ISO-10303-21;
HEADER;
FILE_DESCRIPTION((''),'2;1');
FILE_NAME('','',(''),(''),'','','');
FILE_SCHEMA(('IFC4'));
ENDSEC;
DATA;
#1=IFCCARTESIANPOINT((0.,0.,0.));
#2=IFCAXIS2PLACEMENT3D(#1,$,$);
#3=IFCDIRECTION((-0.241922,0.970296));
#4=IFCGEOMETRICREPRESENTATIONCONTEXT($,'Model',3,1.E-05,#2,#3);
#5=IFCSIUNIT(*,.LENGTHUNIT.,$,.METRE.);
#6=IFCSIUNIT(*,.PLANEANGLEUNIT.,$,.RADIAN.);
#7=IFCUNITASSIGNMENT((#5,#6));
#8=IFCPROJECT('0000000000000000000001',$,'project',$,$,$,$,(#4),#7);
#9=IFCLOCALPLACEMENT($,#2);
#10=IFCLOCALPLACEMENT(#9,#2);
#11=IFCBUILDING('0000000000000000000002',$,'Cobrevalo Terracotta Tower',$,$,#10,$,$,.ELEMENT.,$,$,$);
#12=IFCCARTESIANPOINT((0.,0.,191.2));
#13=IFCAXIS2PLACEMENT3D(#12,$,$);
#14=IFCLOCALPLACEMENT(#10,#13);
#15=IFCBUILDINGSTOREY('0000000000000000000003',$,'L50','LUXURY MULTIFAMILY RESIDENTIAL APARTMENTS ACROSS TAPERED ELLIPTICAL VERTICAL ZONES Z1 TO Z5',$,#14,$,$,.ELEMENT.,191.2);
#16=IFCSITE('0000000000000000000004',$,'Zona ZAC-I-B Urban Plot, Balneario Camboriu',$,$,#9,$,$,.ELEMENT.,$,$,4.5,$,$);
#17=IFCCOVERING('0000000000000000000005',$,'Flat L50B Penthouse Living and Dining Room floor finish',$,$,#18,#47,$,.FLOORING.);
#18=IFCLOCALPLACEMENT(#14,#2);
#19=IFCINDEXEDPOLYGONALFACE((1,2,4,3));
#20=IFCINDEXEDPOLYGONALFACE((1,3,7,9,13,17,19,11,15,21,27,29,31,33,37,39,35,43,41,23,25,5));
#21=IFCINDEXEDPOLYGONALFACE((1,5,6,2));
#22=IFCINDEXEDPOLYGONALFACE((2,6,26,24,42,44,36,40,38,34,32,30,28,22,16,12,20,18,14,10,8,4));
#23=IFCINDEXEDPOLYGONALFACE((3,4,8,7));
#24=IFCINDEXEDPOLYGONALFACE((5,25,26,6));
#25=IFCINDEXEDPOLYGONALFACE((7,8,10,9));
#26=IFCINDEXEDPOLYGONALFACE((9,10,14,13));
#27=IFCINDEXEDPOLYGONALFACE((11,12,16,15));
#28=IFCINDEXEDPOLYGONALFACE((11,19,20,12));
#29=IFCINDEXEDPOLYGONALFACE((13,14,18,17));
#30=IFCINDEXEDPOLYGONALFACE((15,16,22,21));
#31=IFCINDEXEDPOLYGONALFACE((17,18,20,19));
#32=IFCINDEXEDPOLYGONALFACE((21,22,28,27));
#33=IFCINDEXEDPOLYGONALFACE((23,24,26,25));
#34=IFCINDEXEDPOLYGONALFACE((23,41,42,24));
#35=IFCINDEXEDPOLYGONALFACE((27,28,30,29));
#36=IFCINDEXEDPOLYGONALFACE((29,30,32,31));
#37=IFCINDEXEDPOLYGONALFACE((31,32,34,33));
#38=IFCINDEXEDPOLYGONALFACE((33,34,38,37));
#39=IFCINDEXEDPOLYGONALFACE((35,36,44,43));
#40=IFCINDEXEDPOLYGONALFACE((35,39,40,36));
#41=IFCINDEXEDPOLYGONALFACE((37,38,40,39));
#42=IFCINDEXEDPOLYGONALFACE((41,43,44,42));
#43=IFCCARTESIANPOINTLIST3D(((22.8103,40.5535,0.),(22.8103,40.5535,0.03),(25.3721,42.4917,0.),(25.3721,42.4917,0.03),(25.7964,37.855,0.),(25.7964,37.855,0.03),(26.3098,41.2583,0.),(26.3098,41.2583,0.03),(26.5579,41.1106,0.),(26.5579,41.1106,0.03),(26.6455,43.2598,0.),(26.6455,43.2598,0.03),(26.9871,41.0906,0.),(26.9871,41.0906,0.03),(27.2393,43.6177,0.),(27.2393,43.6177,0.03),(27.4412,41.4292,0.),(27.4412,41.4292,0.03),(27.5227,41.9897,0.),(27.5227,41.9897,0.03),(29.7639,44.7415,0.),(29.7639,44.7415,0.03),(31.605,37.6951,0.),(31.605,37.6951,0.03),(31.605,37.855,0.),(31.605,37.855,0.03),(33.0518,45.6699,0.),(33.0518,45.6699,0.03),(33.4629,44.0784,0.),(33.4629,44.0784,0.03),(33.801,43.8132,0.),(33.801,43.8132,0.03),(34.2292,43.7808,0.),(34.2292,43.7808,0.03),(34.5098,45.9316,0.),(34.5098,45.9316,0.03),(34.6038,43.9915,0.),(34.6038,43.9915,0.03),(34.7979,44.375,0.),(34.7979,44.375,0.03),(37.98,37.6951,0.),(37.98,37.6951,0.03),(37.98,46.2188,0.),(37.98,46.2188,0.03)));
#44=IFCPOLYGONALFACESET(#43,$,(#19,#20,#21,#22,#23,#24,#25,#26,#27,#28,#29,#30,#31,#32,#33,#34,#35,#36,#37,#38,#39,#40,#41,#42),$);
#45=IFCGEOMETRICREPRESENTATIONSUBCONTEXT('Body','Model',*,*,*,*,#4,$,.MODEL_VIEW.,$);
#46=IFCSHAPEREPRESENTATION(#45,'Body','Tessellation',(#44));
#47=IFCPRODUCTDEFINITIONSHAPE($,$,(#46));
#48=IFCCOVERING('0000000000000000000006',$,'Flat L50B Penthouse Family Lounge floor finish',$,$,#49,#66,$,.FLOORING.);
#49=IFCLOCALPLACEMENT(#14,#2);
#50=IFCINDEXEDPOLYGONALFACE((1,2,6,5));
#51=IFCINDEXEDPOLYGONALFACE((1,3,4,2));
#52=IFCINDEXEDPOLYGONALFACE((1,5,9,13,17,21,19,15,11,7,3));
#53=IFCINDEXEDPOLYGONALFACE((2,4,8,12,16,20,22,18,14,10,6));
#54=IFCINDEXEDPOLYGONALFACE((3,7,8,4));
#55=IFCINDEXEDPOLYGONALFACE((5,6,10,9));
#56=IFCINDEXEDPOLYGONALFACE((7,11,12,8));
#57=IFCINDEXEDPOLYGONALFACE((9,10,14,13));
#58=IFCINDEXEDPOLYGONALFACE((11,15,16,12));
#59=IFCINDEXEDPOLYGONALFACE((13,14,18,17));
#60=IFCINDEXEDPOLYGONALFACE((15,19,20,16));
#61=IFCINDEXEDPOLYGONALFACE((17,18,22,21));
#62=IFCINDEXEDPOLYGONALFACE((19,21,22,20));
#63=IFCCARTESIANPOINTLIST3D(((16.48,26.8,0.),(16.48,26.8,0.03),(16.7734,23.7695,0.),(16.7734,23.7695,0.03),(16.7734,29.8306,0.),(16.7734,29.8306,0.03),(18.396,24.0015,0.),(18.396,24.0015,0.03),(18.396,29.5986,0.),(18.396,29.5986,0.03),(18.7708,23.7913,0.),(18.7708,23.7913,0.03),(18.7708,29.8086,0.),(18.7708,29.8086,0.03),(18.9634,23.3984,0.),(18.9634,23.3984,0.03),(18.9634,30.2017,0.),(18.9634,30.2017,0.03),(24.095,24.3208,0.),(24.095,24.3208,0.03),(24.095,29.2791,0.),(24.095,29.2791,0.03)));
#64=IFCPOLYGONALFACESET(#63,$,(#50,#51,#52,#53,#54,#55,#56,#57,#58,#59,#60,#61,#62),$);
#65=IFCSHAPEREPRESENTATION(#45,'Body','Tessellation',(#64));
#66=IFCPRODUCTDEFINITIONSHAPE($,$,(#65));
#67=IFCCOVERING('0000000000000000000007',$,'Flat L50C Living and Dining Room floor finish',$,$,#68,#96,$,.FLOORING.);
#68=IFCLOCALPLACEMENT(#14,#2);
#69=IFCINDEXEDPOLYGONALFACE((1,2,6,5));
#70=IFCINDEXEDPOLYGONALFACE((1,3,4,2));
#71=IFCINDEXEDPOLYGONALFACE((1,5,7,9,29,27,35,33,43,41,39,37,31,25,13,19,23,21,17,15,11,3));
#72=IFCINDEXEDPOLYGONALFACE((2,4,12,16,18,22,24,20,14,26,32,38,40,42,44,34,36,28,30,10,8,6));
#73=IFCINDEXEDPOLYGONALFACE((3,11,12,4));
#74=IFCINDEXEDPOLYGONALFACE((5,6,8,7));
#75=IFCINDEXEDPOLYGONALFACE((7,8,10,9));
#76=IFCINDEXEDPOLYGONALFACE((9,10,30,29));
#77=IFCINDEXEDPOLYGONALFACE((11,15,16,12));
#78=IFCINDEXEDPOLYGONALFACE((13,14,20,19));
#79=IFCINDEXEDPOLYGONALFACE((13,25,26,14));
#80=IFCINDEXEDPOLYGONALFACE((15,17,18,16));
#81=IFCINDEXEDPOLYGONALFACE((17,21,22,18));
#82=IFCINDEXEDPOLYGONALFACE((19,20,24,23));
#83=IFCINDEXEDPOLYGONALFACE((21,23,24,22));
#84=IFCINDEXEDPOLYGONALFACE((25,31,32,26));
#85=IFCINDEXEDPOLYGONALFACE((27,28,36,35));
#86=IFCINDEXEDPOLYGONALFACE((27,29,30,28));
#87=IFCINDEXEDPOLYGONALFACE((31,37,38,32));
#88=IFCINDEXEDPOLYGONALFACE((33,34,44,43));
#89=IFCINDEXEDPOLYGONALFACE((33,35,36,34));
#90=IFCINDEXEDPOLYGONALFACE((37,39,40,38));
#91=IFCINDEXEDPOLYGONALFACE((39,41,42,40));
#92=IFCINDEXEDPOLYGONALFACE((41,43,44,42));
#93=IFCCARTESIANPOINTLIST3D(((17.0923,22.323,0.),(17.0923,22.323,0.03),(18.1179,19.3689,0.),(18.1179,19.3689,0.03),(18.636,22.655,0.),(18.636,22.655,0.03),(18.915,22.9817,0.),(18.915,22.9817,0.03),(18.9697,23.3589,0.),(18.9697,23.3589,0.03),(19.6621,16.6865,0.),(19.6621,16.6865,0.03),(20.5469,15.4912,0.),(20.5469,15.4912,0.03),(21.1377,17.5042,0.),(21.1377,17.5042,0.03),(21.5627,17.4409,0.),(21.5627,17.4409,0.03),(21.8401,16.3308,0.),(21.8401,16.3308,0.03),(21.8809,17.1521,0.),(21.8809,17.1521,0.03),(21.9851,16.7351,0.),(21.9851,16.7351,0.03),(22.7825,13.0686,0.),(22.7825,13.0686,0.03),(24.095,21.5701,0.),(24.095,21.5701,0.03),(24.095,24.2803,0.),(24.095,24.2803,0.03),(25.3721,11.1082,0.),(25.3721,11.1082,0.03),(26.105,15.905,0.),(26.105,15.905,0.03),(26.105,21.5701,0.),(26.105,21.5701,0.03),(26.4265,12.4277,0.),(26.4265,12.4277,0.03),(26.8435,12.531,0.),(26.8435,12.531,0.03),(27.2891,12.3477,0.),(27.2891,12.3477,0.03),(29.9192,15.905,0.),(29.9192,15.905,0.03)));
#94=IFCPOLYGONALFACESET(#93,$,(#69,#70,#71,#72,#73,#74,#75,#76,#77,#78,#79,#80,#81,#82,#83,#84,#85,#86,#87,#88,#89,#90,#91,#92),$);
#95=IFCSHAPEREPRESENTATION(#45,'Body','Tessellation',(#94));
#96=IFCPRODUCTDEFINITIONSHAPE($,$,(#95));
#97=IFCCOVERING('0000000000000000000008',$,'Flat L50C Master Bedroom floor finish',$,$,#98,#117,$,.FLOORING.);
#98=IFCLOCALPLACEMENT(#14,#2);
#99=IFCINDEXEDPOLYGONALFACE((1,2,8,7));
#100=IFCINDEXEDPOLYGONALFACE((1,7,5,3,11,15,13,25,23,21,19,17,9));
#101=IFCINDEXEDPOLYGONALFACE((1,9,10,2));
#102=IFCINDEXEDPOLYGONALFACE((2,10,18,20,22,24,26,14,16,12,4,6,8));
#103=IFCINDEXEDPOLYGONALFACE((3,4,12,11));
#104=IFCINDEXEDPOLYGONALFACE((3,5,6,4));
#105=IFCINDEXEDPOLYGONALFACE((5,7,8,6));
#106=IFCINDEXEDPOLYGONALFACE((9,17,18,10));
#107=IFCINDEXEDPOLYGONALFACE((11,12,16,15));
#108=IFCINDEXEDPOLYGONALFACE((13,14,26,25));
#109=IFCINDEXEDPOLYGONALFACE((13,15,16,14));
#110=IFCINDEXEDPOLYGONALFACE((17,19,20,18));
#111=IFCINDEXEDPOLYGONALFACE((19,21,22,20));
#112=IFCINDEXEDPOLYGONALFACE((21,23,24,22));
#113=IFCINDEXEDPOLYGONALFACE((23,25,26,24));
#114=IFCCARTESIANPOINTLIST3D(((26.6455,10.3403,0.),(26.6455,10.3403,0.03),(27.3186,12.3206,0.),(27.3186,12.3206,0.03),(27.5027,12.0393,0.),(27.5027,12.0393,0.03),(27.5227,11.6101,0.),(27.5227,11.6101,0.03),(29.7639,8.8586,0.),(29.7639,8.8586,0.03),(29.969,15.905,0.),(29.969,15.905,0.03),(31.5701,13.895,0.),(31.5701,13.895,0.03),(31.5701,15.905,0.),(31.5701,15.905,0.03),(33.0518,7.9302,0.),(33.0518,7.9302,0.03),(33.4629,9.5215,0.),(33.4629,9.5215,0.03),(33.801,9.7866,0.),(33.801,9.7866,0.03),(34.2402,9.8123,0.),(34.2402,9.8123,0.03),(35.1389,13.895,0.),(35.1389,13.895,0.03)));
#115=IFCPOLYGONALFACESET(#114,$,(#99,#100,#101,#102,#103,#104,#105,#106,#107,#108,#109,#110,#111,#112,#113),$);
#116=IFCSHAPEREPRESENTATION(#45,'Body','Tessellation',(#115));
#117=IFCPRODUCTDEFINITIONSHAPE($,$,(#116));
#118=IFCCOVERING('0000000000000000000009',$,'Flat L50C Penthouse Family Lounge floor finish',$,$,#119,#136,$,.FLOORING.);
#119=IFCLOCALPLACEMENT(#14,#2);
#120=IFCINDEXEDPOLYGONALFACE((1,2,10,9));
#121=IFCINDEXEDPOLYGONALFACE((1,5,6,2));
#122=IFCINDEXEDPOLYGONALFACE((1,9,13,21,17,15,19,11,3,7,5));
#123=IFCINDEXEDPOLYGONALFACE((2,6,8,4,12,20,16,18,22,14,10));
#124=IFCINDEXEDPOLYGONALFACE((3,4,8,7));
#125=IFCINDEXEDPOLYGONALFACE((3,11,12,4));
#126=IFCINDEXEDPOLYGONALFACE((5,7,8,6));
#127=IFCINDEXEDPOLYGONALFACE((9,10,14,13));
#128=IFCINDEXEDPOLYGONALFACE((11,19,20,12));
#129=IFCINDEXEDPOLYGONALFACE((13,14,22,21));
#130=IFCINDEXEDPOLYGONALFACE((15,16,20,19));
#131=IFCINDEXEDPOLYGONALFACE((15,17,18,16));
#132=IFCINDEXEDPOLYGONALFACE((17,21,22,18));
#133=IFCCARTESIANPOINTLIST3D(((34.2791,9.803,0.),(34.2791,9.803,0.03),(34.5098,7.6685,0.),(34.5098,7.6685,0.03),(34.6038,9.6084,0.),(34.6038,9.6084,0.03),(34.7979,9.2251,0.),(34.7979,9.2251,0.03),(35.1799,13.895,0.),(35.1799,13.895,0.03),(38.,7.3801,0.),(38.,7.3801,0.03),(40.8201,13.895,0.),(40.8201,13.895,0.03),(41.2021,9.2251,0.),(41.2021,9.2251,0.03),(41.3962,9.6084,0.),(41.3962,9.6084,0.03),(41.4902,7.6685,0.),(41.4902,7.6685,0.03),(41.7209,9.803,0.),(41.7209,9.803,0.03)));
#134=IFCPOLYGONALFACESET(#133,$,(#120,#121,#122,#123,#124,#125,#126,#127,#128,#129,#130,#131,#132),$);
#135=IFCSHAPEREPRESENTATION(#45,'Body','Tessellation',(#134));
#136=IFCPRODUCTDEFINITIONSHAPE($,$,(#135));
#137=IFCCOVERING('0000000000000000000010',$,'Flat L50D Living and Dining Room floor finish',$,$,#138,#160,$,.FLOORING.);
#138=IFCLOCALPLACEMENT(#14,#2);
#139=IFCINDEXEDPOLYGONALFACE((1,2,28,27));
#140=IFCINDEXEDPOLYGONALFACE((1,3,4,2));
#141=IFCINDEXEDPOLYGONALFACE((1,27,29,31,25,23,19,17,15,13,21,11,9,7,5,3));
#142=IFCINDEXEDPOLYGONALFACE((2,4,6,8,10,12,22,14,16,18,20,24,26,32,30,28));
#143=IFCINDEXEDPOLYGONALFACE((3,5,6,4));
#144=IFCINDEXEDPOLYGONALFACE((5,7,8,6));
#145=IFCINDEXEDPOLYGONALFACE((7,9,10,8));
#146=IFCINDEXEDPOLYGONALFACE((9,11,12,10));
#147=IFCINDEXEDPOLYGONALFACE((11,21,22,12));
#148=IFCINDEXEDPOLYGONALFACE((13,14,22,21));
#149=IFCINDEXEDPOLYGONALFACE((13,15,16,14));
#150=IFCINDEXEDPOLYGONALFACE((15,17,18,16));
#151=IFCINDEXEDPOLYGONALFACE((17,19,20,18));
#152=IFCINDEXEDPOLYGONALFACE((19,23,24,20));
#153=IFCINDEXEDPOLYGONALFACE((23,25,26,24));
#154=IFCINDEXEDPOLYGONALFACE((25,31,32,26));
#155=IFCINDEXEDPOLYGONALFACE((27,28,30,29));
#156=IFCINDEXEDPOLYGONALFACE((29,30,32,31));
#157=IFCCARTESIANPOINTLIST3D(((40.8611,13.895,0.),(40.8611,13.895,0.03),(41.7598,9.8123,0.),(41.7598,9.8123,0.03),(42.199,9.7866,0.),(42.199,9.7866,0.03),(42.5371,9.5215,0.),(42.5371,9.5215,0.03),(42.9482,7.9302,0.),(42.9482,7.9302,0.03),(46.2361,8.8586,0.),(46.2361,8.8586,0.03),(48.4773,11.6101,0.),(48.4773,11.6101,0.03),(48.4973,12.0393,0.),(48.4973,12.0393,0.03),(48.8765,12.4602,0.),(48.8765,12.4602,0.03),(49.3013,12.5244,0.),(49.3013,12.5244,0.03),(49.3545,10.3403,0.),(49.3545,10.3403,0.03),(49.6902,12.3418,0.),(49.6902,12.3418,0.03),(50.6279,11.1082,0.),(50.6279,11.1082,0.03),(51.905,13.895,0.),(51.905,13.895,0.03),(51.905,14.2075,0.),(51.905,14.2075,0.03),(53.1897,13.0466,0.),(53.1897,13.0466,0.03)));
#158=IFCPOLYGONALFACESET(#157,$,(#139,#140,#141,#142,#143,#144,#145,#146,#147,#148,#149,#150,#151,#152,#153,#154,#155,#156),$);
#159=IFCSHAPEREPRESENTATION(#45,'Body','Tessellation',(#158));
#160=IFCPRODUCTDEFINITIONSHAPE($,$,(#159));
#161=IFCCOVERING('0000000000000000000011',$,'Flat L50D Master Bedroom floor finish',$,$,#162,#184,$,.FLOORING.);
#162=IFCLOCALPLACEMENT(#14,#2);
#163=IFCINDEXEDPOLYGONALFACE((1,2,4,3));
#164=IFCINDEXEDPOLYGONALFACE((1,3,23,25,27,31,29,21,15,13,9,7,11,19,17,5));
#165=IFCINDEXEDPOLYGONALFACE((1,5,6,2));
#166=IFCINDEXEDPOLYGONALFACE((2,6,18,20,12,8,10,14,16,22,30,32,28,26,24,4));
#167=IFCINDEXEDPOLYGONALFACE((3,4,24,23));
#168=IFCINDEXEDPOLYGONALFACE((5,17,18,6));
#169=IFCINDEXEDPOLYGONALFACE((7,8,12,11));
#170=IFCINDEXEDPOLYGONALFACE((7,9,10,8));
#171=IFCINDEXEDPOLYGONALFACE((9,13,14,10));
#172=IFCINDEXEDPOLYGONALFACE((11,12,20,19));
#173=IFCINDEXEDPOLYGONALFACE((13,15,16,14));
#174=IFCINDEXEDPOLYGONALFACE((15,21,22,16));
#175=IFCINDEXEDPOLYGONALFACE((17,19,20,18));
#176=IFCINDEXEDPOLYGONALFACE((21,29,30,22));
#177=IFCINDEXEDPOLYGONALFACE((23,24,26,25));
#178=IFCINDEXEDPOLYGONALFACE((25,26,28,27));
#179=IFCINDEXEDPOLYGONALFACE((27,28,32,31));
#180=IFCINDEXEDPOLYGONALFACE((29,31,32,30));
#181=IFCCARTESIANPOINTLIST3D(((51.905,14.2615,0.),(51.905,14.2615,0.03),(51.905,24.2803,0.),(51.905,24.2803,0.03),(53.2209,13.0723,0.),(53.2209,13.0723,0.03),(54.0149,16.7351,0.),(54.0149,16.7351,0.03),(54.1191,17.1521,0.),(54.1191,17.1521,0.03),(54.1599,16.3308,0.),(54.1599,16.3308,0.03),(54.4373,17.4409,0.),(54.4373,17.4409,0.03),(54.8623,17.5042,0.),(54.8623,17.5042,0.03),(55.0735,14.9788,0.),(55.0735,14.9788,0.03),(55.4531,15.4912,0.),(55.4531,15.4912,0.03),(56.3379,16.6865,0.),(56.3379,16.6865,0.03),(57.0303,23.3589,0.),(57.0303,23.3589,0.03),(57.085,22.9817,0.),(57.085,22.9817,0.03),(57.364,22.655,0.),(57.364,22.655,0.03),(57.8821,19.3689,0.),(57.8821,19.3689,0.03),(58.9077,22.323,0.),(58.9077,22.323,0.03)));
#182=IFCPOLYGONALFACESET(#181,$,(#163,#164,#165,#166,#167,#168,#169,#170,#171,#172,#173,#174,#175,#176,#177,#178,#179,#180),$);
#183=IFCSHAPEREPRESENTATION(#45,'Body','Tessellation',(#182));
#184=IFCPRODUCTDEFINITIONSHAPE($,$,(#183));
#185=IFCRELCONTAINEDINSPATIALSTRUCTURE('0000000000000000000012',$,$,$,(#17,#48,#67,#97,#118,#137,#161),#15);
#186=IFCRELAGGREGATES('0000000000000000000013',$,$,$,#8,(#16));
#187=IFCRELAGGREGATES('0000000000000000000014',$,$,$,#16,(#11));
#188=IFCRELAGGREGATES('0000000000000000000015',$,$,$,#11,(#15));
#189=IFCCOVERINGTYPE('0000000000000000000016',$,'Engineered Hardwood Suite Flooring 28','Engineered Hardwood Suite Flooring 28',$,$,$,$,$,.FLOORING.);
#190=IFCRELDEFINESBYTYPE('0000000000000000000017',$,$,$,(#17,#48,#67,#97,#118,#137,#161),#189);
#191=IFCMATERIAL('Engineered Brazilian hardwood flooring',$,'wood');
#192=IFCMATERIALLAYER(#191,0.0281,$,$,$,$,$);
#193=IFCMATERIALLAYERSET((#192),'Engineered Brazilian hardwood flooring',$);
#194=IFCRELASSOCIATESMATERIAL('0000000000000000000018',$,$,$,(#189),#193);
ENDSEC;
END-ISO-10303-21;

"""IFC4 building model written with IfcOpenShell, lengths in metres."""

from ifc_helpers import new_model, si_unit, direction, frame, origin, place, context, subcontext, project, spatial, polyline, outline, extrude, material, layer, layer_set, type_object, element, save


model = new_model("IFC4")

# Units and contexts
model_context = context("Model", 3, precision=1e-05, world=origin(), true_north=direction((-0.241922, 0.970296)))
body_context = subcontext(model_context, "Body", "Model", "MODEL_VIEW")
ifc_project = project(units=[si_unit("LENGTHUNIT", "METRE"), si_unit("PLANEANGLEUNIT", "RADIAN")], contexts=[model_context])

# Site, building, storey
site_placement = place(None, origin())
site = spatial("IfcSite", under=ifc_project, at=site_placement, Name="Zona ZAC-I-B Urban Plot, Balneario Camboriu", CompositionType="ELEMENT", RefElevation=4.5)
building_placement = place(site_placement, origin())
building = spatial("IfcBuilding", under=site, at=building_placement, Name="Cobrevalo Terracotta Tower", CompositionType="ELEMENT")
storey_placement = place(building_placement, frame((0.0, 0.0, 191.2)))
storey = spatial("IfcBuildingStorey", under=building, at=storey_placement, Name="L50", Description="LUXURY MULTIFAMILY RESIDENTIAL APARTMENTS ACROSS TAPERED ELLIPTICAL VERTICAL ZONES Z1 TO Z5", CompositionType="ELEMENT", Elevation=191.2)

# Coverings
ifc_material_1 = material(Name="Engineered Brazilian hardwood flooring", Category="wood")
ifc_layer_1 = layer(ifc_material_1, 0.0281)
ifc_layer_set_1 = layer_set([ifc_layer_1], Name="Engineered Brazilian hardwood flooring")
covering_type_1 = type_object("IfcCoveringType", Name="Engineered Hardwood Suite Flooring 28", Description="Engineered Hardwood Suite Flooring 28", PredefinedType="FLOORING", material=ifc_layer_set_1)
covering_1_placement = place(storey_placement, origin())
element("IfcCovering", 1, at=covering_1_placement, inside=storey, type_object=covering_type_1, Name="Flat L50B Penthouse Living and Dining Room floor finish", PredefinedType="FLOORING", context=body_context, shape_type="SweptSolid", body=[
    extrude(outline(polyline([(25.3721, 42.4917), (26.3098, 41.2583), (26.5579, 41.1106), (26.9871, 41.0906), (27.4412, 41.4292), (27.5227, 41.9897), (26.6455, 43.2598), (27.2393, 43.6177), (29.7639, 44.7415), (33.0518, 45.6699), (33.4629, 44.0784), (33.801, 43.8132), (34.2292, 43.7808), (34.6038, 43.9915), (34.7979, 44.375), (34.5098, 45.9316), (37.98, 46.2188), (37.98, 37.6951), (31.605, 37.6951), (31.605, 37.855), (25.7964, 37.855), (22.8103, 40.5535), (25.3721, 42.4917)])), origin(), (0.0, 0.0, 1.0), 0.03),
])
covering_2_placement = place(storey_placement, origin())
element("IfcCovering", 2, at=covering_2_placement, inside=storey, type_object=covering_type_1, Name="Flat L50B Penthouse Family Lounge floor finish", PredefinedType="FLOORING", context=body_context, shape_type="SweptSolid", body=[
    extrude(outline(polyline([(16.7734, 29.8306), (18.396, 29.5986), (18.7708, 29.8086), (18.9634, 30.2017), (24.095, 29.2791), (24.095, 24.3208), (18.9634, 23.3984), (18.7708, 23.7913), (18.396, 24.0015), (16.7734, 23.7695), (16.48, 26.8), (16.7734, 29.8306)])), origin(), (0.0, 0.0, 1.0), 0.03),
])
covering_3_placement = place(storey_placement, origin())
element("IfcCovering", 3, at=covering_3_placement, inside=storey, type_object=covering_type_1, Name="Flat L50C Living and Dining Room floor finish", PredefinedType="FLOORING", context=body_context, shape_type="SweptSolid", body=[
    extrude(outline(polyline([(22.7825, 13.0686), (20.5469, 15.4912), (21.8401, 16.3308), (21.9851, 16.7351), (21.8809, 17.1521), (21.5627, 17.4409), (21.1377, 17.5042), (19.6621, 16.6865), (18.1179, 19.3689), (17.0923, 22.323), (18.636, 22.655), (18.915, 22.9817), (18.9697, 23.3589), (24.095, 24.2803), (24.095, 21.5701), (26.105, 21.5701), (26.105, 15.905), (29.9192, 15.905), (27.2891, 12.3477), (26.8435, 12.531), (26.4265, 12.4277), (25.3721, 11.1082), (22.7825, 13.0686)])), origin(), (0.0, 0.0, 1.0), 0.03),
])
covering_4_placement = place(storey_placement, origin())
element("IfcCovering", 4, at=covering_4_placement, inside=storey, type_object=covering_type_1, Name="Flat L50C Master Bedroom floor finish", PredefinedType="FLOORING", context=body_context, shape_type="SweptSolid", body=[
    extrude(outline(polyline([(29.7639, 8.8586), (26.6455, 10.3403), (27.5227, 11.6101), (27.5027, 12.0393), (27.3186, 12.3206), (29.969, 15.905), (31.5701, 15.905), (31.5701, 13.895), (35.1389, 13.895), (34.2402, 9.8123), (33.801, 9.7866), (33.4629, 9.5215), (33.0518, 7.9302), (29.7639, 8.8586)])), origin(), (0.0, 0.0, 1.0), 0.03),
])
covering_5_placement = place(storey_placement, origin())
element("IfcCovering", 5, at=covering_5_placement, inside=storey, type_object=covering_type_1, Name="Flat L50C Penthouse Family Lounge floor finish", PredefinedType="FLOORING", context=body_context, shape_type="SweptSolid", body=[
    extrude(outline(polyline([(34.5098, 7.6685), (34.7979, 9.2251), (34.6038, 9.6084), (34.2791, 9.803), (35.1799, 13.895), (40.8201, 13.895), (41.7209, 9.803), (41.3962, 9.6084), (41.2021, 9.2251), (41.4902, 7.6685), (38.0, 7.3801), (34.5098, 7.6685)])), origin(), (0.0, 0.0, 1.0), 0.03),
])
covering_6_placement = place(storey_placement, origin())
element("IfcCovering", 6, at=covering_6_placement, inside=storey, type_object=covering_type_1, Name="Flat L50D Living and Dining Room floor finish", PredefinedType="FLOORING", context=body_context, shape_type="SweptSolid", body=[
    extrude(outline(polyline([(50.6279, 11.1082), (49.6902, 12.3418), (49.3013, 12.5244), (48.8765, 12.4602), (48.4973, 12.0393), (48.4773, 11.6101), (49.3545, 10.3403), (46.2361, 8.8586), (42.9482, 7.9302), (42.5371, 9.5215), (42.199, 9.7866), (41.7598, 9.8123), (40.8611, 13.895), (51.905, 13.895), (51.905, 14.2075), (53.1897, 13.0466), (50.6279, 11.1082)])), origin(), (0.0, 0.0, 1.0), 0.03),
])
covering_7_placement = place(storey_placement, origin())
element("IfcCovering", 7, at=covering_7_placement, inside=storey, type_object=covering_type_1, Name="Flat L50D Master Bedroom floor finish", PredefinedType="FLOORING", context=body_context, shape_type="SweptSolid", body=[
    extrude(outline(polyline([(51.905, 14.2615), (51.905, 24.2803), (57.0303, 23.3589), (57.085, 22.9817), (57.364, 22.655), (58.9077, 22.323), (57.8821, 19.3689), (56.3379, 16.6865), (54.8623, 17.5042), (54.4373, 17.4409), (54.1191, 17.1521), (54.0149, 16.7351), (54.1599, 16.3308), (55.4531, 15.4912), (55.0735, 14.9788), (53.2209, 13.0723), (51.905, 14.2615)])), origin(), (0.0, 0.0, 1.0), 0.03),
])

save(model, "model.ifc")
